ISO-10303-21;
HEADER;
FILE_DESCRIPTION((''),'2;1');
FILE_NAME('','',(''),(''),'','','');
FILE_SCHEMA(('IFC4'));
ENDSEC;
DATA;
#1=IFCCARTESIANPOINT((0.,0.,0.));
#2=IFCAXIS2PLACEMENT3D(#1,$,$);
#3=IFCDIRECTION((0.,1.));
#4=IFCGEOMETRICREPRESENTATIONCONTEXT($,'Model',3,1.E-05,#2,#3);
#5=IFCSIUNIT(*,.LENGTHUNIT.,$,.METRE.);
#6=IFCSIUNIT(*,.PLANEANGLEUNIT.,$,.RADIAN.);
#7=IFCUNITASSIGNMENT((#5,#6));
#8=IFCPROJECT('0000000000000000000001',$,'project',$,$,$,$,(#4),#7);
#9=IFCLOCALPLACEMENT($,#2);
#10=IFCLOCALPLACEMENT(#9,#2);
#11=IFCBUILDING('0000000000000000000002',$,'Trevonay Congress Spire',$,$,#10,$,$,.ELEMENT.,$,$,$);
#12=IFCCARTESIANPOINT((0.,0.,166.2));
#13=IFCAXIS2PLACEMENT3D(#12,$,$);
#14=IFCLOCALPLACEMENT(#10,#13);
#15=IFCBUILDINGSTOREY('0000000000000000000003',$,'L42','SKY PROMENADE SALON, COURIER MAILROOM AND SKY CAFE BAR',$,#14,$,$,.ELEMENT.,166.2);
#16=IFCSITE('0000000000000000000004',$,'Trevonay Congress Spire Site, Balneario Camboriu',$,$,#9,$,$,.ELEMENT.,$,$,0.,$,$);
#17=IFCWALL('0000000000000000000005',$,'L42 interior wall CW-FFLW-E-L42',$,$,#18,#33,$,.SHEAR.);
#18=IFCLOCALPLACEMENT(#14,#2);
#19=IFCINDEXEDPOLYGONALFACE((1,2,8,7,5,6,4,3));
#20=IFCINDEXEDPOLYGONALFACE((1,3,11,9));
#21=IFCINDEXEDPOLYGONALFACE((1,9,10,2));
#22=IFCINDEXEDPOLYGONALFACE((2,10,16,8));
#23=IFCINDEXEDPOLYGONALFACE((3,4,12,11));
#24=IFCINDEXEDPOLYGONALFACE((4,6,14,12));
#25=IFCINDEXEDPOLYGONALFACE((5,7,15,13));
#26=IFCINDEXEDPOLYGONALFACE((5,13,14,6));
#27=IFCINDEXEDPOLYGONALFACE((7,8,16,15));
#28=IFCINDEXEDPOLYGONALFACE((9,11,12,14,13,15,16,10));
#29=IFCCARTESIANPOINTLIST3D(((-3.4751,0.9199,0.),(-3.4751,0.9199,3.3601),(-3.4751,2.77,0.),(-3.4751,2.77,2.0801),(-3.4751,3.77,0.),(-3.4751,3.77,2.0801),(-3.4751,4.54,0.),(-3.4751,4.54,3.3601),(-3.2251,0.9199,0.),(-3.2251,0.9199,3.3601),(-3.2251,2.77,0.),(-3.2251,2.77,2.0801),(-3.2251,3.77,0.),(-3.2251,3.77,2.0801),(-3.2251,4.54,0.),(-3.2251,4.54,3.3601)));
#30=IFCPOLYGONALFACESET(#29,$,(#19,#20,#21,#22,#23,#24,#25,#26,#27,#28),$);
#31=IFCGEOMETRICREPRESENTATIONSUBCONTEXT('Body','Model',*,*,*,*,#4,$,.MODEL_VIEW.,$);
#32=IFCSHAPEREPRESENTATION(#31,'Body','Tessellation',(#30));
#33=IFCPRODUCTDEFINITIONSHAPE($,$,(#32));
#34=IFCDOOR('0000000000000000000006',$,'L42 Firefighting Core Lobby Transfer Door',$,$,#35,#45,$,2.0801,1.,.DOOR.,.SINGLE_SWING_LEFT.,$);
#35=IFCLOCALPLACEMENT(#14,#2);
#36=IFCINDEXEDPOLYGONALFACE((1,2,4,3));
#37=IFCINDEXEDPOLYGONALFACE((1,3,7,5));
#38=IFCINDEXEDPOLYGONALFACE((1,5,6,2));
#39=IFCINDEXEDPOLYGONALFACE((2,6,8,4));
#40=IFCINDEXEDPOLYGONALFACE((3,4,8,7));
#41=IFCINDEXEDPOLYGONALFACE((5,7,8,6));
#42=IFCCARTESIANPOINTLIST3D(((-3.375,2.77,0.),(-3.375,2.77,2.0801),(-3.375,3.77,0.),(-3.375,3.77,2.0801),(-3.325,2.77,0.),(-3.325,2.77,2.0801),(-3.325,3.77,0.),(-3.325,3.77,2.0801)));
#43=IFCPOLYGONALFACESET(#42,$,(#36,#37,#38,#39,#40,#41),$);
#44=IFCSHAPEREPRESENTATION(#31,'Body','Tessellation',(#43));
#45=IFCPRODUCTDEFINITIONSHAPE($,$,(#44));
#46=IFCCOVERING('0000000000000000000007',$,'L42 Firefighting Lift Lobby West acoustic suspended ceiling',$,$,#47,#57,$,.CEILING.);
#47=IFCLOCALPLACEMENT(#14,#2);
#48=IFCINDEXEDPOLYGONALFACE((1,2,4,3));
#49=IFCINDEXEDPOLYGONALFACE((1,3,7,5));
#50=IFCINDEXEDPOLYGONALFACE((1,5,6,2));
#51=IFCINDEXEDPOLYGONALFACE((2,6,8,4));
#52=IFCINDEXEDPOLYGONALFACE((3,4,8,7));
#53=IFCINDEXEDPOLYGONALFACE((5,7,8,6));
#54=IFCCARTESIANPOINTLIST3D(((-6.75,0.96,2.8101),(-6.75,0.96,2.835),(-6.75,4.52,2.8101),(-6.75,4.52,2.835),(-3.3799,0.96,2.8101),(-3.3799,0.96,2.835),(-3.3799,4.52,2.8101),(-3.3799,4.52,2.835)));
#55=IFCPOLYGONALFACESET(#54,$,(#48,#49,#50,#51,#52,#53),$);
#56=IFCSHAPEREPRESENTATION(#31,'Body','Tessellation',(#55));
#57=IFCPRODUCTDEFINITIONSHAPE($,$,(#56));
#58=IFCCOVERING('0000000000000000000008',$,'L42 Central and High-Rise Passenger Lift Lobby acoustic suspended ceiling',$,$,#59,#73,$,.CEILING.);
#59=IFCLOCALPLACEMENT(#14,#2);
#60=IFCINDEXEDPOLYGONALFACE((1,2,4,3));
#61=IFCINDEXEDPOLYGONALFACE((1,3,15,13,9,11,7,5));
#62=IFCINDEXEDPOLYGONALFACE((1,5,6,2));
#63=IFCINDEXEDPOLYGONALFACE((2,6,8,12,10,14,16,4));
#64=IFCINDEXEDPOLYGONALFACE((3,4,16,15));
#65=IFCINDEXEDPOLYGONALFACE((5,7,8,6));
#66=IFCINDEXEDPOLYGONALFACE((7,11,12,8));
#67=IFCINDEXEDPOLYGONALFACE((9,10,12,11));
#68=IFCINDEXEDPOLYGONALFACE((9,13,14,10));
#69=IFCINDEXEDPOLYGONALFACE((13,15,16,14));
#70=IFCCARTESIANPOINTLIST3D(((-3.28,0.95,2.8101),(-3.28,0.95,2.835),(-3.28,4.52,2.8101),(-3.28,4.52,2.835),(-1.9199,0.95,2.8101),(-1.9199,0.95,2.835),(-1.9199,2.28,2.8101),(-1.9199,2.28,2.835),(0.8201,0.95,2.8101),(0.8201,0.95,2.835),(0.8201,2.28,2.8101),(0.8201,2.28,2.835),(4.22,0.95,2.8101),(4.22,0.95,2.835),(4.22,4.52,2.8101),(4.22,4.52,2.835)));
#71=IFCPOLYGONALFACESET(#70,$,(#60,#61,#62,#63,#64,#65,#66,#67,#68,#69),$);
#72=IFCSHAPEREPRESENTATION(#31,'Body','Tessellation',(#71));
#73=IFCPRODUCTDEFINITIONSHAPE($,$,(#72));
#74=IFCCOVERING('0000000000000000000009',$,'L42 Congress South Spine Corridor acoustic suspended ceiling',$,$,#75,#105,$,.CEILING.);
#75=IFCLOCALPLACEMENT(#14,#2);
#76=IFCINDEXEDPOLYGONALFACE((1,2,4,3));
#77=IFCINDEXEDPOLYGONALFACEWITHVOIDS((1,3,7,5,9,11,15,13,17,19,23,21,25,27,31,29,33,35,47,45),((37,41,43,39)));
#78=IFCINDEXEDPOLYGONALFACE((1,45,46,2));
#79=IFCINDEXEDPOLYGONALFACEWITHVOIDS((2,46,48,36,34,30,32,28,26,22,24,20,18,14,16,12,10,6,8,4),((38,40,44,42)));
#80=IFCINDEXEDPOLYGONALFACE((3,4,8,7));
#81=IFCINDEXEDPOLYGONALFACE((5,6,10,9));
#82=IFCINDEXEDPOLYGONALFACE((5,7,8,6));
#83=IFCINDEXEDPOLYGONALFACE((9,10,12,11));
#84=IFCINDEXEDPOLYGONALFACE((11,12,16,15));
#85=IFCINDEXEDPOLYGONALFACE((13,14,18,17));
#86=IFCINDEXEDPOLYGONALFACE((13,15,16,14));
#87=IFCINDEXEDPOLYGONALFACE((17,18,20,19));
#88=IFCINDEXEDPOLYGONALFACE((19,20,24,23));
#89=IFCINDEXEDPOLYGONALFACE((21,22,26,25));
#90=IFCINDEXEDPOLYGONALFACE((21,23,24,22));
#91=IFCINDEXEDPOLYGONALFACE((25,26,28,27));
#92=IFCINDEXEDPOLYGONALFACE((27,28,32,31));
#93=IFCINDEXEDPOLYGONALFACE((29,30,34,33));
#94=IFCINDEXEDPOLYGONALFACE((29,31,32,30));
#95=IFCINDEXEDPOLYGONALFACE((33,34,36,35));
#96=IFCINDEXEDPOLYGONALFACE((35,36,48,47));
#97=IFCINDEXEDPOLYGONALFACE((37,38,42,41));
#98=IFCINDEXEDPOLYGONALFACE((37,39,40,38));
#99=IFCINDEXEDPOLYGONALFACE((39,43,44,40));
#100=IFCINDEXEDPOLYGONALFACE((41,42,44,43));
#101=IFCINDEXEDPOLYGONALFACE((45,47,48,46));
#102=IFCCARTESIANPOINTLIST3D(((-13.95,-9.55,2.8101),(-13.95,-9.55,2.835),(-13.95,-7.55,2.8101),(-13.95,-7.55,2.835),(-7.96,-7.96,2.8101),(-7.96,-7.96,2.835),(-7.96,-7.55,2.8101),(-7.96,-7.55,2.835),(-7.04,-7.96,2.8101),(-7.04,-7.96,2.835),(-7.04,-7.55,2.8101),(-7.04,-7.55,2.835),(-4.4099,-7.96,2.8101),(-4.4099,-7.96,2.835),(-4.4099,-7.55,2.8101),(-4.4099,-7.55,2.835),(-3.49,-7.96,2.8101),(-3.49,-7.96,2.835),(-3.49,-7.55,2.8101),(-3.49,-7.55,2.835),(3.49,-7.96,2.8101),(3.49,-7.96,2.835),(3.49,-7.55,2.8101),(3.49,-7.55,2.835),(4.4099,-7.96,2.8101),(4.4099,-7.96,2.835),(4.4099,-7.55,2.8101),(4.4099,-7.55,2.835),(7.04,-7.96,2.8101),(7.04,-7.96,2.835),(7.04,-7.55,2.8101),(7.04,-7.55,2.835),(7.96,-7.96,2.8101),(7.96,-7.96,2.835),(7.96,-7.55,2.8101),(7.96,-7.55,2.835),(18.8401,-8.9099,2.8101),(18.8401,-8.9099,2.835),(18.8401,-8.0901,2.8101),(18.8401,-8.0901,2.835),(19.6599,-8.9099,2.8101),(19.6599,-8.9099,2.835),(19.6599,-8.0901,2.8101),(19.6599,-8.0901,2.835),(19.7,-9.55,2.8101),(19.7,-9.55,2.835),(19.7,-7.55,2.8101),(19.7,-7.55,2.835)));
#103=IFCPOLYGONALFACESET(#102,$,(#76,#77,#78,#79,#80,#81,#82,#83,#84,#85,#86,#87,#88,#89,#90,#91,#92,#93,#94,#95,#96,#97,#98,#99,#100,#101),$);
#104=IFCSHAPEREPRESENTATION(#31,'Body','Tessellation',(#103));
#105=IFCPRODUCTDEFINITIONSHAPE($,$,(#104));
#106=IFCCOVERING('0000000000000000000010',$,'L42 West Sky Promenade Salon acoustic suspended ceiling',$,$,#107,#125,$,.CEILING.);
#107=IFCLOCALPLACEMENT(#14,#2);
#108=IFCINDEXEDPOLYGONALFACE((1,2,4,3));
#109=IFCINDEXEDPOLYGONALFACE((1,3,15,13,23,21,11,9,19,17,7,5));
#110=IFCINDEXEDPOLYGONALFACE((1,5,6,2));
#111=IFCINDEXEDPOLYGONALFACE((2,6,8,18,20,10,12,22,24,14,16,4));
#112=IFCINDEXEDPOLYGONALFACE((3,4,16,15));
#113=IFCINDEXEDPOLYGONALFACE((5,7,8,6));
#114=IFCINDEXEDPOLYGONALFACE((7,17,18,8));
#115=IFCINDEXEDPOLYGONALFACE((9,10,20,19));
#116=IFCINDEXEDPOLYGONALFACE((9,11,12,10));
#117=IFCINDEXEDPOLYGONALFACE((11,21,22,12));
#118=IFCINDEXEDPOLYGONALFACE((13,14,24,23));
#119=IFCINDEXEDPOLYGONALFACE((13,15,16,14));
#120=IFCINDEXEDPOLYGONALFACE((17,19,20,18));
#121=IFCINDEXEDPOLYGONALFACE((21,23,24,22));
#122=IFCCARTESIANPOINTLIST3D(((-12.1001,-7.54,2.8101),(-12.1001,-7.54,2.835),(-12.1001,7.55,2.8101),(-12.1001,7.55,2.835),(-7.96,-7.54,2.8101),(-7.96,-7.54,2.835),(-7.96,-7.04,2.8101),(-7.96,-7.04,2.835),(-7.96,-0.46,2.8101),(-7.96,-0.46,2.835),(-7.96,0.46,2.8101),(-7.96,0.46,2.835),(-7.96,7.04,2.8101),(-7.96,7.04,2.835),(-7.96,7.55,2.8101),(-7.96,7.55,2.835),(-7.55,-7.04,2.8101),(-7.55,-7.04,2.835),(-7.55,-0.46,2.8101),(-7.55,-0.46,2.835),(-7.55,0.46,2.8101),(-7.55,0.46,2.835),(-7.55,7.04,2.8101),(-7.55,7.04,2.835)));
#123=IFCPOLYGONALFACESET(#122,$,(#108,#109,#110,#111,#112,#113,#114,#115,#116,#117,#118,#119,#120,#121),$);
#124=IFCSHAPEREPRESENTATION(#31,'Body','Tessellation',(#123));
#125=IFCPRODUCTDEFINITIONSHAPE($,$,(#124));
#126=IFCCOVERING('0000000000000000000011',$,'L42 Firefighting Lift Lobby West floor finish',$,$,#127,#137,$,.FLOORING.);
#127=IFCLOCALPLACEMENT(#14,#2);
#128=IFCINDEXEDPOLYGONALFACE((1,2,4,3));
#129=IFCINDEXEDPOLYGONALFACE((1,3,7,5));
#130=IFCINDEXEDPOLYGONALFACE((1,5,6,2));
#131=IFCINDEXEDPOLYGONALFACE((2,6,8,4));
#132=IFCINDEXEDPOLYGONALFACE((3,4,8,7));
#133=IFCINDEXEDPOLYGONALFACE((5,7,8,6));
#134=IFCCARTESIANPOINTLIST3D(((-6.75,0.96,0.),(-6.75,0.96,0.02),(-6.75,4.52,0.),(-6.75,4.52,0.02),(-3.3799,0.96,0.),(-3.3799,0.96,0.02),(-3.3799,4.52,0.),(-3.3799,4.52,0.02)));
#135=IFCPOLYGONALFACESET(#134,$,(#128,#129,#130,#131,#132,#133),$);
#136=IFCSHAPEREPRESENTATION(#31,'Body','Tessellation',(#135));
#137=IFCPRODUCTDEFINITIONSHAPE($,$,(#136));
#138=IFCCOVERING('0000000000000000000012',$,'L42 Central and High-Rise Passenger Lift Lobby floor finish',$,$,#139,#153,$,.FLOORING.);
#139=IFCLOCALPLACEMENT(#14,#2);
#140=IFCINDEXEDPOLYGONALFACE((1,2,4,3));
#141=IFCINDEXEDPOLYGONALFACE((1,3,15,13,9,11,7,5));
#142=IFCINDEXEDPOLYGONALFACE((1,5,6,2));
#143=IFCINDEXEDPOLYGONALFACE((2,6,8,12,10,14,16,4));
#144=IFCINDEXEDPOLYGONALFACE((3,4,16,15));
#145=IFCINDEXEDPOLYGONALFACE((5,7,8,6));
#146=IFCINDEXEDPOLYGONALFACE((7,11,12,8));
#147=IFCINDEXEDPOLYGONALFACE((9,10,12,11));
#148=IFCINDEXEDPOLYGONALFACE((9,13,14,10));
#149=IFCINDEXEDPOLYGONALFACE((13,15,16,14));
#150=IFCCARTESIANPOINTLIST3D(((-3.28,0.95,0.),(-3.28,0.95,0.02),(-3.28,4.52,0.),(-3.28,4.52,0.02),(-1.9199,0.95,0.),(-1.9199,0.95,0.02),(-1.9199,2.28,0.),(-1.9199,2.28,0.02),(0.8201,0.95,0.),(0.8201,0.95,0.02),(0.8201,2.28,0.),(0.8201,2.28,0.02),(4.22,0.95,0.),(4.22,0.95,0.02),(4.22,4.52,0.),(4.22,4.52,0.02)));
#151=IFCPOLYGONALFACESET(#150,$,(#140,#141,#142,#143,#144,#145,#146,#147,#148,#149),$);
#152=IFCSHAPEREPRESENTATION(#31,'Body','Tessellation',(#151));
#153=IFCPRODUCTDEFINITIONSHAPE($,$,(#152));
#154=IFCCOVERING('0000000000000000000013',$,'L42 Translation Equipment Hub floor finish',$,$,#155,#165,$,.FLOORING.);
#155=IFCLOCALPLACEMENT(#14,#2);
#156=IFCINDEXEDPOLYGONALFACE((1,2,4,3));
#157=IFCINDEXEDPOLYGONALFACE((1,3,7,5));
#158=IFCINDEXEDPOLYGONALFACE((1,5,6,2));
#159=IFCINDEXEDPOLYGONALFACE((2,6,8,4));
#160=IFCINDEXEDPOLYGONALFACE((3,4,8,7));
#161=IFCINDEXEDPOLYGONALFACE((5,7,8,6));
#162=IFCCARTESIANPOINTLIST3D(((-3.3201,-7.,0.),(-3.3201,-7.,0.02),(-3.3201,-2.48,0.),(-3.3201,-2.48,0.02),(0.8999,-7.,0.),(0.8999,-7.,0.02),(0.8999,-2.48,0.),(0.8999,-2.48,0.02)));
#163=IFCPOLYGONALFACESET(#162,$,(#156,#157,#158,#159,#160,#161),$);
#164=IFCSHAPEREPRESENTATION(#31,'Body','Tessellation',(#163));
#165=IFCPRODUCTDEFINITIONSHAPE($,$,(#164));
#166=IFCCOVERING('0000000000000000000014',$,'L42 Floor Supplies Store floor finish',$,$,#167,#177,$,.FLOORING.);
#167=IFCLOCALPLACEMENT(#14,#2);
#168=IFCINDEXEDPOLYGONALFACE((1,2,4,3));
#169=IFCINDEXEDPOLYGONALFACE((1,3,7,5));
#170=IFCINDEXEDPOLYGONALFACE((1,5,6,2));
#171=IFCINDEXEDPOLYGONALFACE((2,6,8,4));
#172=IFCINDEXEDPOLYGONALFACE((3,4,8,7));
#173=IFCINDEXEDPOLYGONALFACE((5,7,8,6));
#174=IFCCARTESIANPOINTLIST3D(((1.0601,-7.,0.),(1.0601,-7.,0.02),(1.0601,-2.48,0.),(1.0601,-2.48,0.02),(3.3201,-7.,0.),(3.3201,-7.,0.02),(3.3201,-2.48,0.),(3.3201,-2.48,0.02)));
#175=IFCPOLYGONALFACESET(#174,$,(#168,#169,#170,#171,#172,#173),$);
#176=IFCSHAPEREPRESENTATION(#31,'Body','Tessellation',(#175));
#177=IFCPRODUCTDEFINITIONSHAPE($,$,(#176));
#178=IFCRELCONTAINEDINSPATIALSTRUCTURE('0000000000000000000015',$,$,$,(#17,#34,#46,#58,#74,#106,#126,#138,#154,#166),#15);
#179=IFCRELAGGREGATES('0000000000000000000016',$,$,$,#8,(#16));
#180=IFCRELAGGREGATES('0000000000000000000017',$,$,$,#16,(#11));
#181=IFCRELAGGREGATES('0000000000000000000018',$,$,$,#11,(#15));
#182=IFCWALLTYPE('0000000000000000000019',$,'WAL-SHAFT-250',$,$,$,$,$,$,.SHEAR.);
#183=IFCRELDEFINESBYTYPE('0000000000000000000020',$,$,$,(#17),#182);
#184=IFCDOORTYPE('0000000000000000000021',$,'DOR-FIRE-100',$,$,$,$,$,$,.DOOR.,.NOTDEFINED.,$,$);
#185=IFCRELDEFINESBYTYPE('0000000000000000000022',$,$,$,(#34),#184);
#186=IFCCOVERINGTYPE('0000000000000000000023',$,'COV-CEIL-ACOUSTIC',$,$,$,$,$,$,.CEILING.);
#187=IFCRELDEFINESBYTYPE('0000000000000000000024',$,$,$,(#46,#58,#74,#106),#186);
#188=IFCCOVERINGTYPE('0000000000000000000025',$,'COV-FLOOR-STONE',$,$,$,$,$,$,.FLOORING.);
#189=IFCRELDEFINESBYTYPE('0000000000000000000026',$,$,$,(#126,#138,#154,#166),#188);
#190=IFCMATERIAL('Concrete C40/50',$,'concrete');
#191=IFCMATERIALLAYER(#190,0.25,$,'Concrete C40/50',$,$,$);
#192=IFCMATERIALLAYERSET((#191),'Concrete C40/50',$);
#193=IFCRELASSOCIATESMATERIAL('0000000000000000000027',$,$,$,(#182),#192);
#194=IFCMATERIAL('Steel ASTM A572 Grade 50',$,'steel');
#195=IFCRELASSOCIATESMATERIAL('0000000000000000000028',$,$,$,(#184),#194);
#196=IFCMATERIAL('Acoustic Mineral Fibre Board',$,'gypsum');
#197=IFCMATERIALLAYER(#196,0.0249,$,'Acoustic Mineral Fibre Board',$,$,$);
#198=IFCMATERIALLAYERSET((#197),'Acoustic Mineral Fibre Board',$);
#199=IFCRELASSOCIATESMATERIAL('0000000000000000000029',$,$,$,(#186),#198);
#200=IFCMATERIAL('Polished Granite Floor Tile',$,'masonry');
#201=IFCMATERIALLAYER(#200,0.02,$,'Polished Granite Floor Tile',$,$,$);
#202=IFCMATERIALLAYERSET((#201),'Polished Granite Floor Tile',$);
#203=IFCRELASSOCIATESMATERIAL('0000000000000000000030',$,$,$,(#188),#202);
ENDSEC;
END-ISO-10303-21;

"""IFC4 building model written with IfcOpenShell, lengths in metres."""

from ifc_helpers import new_model, si_unit, direction, frame, frame_2d, origin, place, context, subcontext, project, spatial, polyline, rectangle, outline, extrude, material, layer, layer_set, type_object, element, fill, save


model = new_model("IFC4")

# Units and contexts
model_context = context("Model", 3, precision=1e-05, world=origin(), true_north=direction((0.0, 1.0)))
body_context = subcontext(model_context, "Body", "Model", "MODEL_VIEW")
ifc_project = project(units=[si_unit("LENGTHUNIT", "METRE"), si_unit("PLANEANGLEUNIT", "RADIAN")], contexts=[model_context])

# Site, building, storey
site_placement = place(None, origin())
site = spatial("IfcSite", under=ifc_project, at=site_placement, Name="Trevonay Congress Spire Site, Balneario Camboriu", CompositionType="ELEMENT", RefElevation=0.0)
building_placement = place(site_placement, origin())
building = spatial("IfcBuilding", under=site, at=building_placement, Name="Trevonay Congress Spire", CompositionType="ELEMENT")
storey_placement = place(building_placement, frame((0.0, 0.0, 166.2)))
storey = spatial("IfcBuildingStorey", under=building, at=storey_placement, Name="L42", Description="SKY PROMENADE SALON, COURIER MAILROOM AND SKY CAFE BAR", CompositionType="ELEMENT", Elevation=166.2)

# Shared definitions
ifc_material_1 = material(Name="Steel ASTM A572 Grade 50", Category="steel")

# Shared definitions
ifc_material_2 = material(Name="Concrete C40/50", Category="concrete")

# Shared definitions
ifc_layer_1 = layer(ifc_material_2, 0.25, Name="Concrete C40/50")
ifc_layer_set_1 = layer_set([ifc_layer_1], Name="Concrete C40/50")
wall_type_1 = type_object("IfcWallType", Name="WAL-SHAFT-250", PredefinedType="SHEAR", material=ifc_layer_set_1)

# Wall, opening, door
wall_1_placement = place(storey_placement, frame((-3.3501, 0.9199, 0.0), z_axis=(0.0, 0.0, 1.0), x_axis=(0.0, 1.0, 0.0)))
wall_1 = element("IfcWall", 1, at=wall_1_placement, inside=storey, type_object=wall_type_1, Name="L42 interior wall CW-FFLW-E-L42", PredefinedType="SHEAR", context=body_context, shape_type="SweptSolid", body=[
    extrude(rectangle(XDim=3.6201, YDim=0.25, at=frame_2d((1.8101, 0.0))), origin(), (0.0, 0.0, 1.0), 3.3601),
])
opening_1_placement = place(wall_1_placement, frame((1.8501, 0.0, 0.0)))
opening_1 = element("IfcOpeningElement", 2, at=opening_1_placement, cuts=wall_1, PredefinedType="OPENING", context=body_context, shape_type="SweptSolid", body=[
    extrude(rectangle(XDim=1.0, YDim=2.0801, at=frame_2d((0.5, 1.04))), frame((0.0, 0.135, 0.0), z_axis=(0.0, -1.0, 0.0), x_axis=(1.0, 0.0, 0.0)), (0.0, 0.0, 1.0), 0.27),
])
door_type_1 = type_object("IfcDoorType", Name="DOR-FIRE-100", OperationType="NOTDEFINED", PredefinedType="DOOR", material=ifc_material_1)
door_1_placement = place(opening_1_placement, origin())
door_1 = element("IfcDoor", 3, at=door_1_placement, inside=storey, type_object=door_type_1, Name="L42 Firefighting Core Lobby Transfer Door", OperationType="SINGLE_SWING_LEFT", OverallHeight=2.0801, OverallWidth=1.0, PredefinedType="DOOR", context=body_context, shape_type="SweptSolid", body=[
    extrude(rectangle(XDim=1.0, YDim=2.0801, at=frame_2d((0.5, 1.04))), frame((0.0, 0.0249, 0.0), z_axis=(0.0, -1.0, 0.0), x_axis=(1.0, 0.0, 0.0)), (0.0, 0.0, 1.0), 0.05),
])
fill(opening_1, door_1)

# Coverings
ifc_material_3 = material(Name="Acoustic Mineral Fibre Board", Category="gypsum")
ifc_layer_2 = layer(ifc_material_3, 0.0249, Name="Acoustic Mineral Fibre Board")
ifc_layer_set_2 = layer_set([ifc_layer_2], Name="Acoustic Mineral Fibre Board")
covering_type_1 = type_object("IfcCoveringType", Name="COV-CEIL-ACOUSTIC", PredefinedType="CEILING", material=ifc_layer_set_2)
covering_1_placement = place(storey_placement, frame((0.0, 0.0, 2.8101)))
element("IfcCovering", 4, at=covering_1_placement, inside=storey, type_object=covering_type_1, Name="L42 Firefighting Lift Lobby West acoustic suspended ceiling", PredefinedType="CEILING", context=body_context, shape_type="SweptSolid", body=[
    extrude(outline(polyline([(-6.75, 0.96), (-3.3799, 0.96), (-3.3799, 4.52), (-6.75, 4.52), (-6.75, 0.96)])), origin(), (0.0, 0.0, 1.0), 0.0249),
])
covering_2_placement = place(storey_placement, frame((0.0, 0.0, 2.8101)))
element("IfcCovering", 5, at=covering_2_placement, inside=storey, type_object=covering_type_1, Name="L42 Central and High-Rise Passenger Lift Lobby acoustic suspended ceiling", PredefinedType="CEILING", context=body_context, shape_type="SweptSolid", body=[
    extrude(outline(polyline([(-3.28, 0.95), (-1.9199, 0.95), (-1.9199, 2.28), (0.8201, 2.28), (0.8201, 0.95), (4.22, 0.95), (4.22, 4.52), (-3.28, 4.52), (-3.28, 0.95)])), origin(), (0.0, 0.0, 1.0), 0.0249),
])
covering_3_placement = place(storey_placement, frame((0.0, 0.0, 2.8101)))
element("IfcCovering", 6, at=covering_3_placement, inside=storey, type_object=covering_type_1, Name="L42 Congress South Spine Corridor acoustic suspended ceiling", PredefinedType="CEILING", context=body_context, shape_type="SweptSolid", body=[
    extrude(outline(polyline([(19.7, -7.55), (19.7, -9.55), (-13.95, -9.55), (-13.95, -7.55), (-7.96, -7.55), (-7.96, -7.96), (-7.04, -7.96), (-7.04, -7.55), (-4.4099, -7.55), (-4.4099, -7.96), (-3.49, -7.96), (-3.49, -7.55), (3.49, -7.55), (3.49, -7.96), (4.4099, -7.96), (4.4099, -7.55), (7.04, -7.55), (7.04, -7.96), (7.96, -7.96), (7.96, -7.55), (19.7, -7.55)]), holes=[polyline([(18.8401, -8.0901), (18.8401, -8.9099), (19.6599, -8.9099), (19.6599, -8.0901), (18.8401, -8.0901)])]), origin(), (0.0, 0.0, 1.0), 0.0249),
])
covering_4_placement = place(storey_placement, frame((0.0, 0.0, 2.8101)))
element("IfcCovering", 7, at=covering_4_placement, inside=storey, type_object=covering_type_1, Name="L42 West Sky Promenade Salon acoustic suspended ceiling", PredefinedType="CEILING", context=body_context, shape_type="SweptSolid", body=[
    extrude(outline(polyline([(-12.1001, 7.55), (-7.96, 7.55), (-7.96, 7.04), (-7.55, 7.04), (-7.55, 0.46), (-7.96, 0.46), (-7.96, -0.46), (-7.55, -0.46), (-7.55, -7.04), (-7.96, -7.04), (-7.96, -7.54), (-12.1001, -7.54), (-12.1001, 7.55)])), origin(), (0.0, 0.0, 1.0), 0.0249),
])
ifc_material_4 = material(Name="Polished Granite Floor Tile", Category="masonry")
ifc_layer_3 = layer(ifc_material_4, 0.02, Name="Polished Granite Floor Tile")
ifc_layer_set_3 = layer_set([ifc_layer_3], Name="Polished Granite Floor Tile")
covering_type_2 = type_object("IfcCoveringType", Name="COV-FLOOR-STONE", PredefinedType="FLOORING", material=ifc_layer_set_3)
covering_5_placement = place(storey_placement, origin())
element("IfcCovering", 8, at=covering_5_placement, inside=storey, type_object=covering_type_2, Name="L42 Firefighting Lift Lobby West floor finish", PredefinedType="FLOORING", context=body_context, shape_type="SweptSolid", body=[
    extrude(outline(polyline([(-6.75, 0.96), (-3.3799, 0.96), (-3.3799, 4.52), (-6.75, 4.52), (-6.75, 0.96)])), origin(), (0.0, 0.0, 1.0), 0.02),
])
covering_6_placement = place(storey_placement, origin())
element("IfcCovering", 9, at=covering_6_placement, inside=storey, type_object=covering_type_2, Name="L42 Central and High-Rise Passenger Lift Lobby floor finish", PredefinedType="FLOORING", context=body_context, shape_type="SweptSolid", body=[
    extrude(outline(polyline([(-3.28, 0.95), (-1.9199, 0.95), (-1.9199, 2.28), (0.8201, 2.28), (0.8201, 0.95), (4.22, 0.95), (4.22, 4.52), (-3.28, 4.52), (-3.28, 0.95)])), origin(), (0.0, 0.0, 1.0), 0.02),
])
covering_7_placement = place(storey_placement, origin())
element("IfcCovering", 10, at=covering_7_placement, inside=storey, type_object=covering_type_2, Name="L42 Translation Equipment Hub floor finish", PredefinedType="FLOORING", context=body_context, shape_type="SweptSolid", body=[
    extrude(outline(polyline([(-3.3201, -7.0), (0.8999, -7.0), (0.8999, -2.48), (-3.3201, -2.48), (-3.3201, -7.0)])), origin(), (0.0, 0.0, 1.0), 0.02),
])
covering_8_placement = place(storey_placement, origin())
element("IfcCovering", 11, at=covering_8_placement, inside=storey, type_object=covering_type_2, Name="L42 Floor Supplies Store floor finish", PredefinedType="FLOORING", context=body_context, shape_type="SweptSolid", body=[
    extrude(outline(polyline([(1.0601, -7.0), (3.3201, -7.0), (3.3201, -2.48), (1.0601, -2.48), (1.0601, -7.0)])), origin(), (0.0, 0.0, 1.0), 0.02),
])

save(model, "model.ifc")
